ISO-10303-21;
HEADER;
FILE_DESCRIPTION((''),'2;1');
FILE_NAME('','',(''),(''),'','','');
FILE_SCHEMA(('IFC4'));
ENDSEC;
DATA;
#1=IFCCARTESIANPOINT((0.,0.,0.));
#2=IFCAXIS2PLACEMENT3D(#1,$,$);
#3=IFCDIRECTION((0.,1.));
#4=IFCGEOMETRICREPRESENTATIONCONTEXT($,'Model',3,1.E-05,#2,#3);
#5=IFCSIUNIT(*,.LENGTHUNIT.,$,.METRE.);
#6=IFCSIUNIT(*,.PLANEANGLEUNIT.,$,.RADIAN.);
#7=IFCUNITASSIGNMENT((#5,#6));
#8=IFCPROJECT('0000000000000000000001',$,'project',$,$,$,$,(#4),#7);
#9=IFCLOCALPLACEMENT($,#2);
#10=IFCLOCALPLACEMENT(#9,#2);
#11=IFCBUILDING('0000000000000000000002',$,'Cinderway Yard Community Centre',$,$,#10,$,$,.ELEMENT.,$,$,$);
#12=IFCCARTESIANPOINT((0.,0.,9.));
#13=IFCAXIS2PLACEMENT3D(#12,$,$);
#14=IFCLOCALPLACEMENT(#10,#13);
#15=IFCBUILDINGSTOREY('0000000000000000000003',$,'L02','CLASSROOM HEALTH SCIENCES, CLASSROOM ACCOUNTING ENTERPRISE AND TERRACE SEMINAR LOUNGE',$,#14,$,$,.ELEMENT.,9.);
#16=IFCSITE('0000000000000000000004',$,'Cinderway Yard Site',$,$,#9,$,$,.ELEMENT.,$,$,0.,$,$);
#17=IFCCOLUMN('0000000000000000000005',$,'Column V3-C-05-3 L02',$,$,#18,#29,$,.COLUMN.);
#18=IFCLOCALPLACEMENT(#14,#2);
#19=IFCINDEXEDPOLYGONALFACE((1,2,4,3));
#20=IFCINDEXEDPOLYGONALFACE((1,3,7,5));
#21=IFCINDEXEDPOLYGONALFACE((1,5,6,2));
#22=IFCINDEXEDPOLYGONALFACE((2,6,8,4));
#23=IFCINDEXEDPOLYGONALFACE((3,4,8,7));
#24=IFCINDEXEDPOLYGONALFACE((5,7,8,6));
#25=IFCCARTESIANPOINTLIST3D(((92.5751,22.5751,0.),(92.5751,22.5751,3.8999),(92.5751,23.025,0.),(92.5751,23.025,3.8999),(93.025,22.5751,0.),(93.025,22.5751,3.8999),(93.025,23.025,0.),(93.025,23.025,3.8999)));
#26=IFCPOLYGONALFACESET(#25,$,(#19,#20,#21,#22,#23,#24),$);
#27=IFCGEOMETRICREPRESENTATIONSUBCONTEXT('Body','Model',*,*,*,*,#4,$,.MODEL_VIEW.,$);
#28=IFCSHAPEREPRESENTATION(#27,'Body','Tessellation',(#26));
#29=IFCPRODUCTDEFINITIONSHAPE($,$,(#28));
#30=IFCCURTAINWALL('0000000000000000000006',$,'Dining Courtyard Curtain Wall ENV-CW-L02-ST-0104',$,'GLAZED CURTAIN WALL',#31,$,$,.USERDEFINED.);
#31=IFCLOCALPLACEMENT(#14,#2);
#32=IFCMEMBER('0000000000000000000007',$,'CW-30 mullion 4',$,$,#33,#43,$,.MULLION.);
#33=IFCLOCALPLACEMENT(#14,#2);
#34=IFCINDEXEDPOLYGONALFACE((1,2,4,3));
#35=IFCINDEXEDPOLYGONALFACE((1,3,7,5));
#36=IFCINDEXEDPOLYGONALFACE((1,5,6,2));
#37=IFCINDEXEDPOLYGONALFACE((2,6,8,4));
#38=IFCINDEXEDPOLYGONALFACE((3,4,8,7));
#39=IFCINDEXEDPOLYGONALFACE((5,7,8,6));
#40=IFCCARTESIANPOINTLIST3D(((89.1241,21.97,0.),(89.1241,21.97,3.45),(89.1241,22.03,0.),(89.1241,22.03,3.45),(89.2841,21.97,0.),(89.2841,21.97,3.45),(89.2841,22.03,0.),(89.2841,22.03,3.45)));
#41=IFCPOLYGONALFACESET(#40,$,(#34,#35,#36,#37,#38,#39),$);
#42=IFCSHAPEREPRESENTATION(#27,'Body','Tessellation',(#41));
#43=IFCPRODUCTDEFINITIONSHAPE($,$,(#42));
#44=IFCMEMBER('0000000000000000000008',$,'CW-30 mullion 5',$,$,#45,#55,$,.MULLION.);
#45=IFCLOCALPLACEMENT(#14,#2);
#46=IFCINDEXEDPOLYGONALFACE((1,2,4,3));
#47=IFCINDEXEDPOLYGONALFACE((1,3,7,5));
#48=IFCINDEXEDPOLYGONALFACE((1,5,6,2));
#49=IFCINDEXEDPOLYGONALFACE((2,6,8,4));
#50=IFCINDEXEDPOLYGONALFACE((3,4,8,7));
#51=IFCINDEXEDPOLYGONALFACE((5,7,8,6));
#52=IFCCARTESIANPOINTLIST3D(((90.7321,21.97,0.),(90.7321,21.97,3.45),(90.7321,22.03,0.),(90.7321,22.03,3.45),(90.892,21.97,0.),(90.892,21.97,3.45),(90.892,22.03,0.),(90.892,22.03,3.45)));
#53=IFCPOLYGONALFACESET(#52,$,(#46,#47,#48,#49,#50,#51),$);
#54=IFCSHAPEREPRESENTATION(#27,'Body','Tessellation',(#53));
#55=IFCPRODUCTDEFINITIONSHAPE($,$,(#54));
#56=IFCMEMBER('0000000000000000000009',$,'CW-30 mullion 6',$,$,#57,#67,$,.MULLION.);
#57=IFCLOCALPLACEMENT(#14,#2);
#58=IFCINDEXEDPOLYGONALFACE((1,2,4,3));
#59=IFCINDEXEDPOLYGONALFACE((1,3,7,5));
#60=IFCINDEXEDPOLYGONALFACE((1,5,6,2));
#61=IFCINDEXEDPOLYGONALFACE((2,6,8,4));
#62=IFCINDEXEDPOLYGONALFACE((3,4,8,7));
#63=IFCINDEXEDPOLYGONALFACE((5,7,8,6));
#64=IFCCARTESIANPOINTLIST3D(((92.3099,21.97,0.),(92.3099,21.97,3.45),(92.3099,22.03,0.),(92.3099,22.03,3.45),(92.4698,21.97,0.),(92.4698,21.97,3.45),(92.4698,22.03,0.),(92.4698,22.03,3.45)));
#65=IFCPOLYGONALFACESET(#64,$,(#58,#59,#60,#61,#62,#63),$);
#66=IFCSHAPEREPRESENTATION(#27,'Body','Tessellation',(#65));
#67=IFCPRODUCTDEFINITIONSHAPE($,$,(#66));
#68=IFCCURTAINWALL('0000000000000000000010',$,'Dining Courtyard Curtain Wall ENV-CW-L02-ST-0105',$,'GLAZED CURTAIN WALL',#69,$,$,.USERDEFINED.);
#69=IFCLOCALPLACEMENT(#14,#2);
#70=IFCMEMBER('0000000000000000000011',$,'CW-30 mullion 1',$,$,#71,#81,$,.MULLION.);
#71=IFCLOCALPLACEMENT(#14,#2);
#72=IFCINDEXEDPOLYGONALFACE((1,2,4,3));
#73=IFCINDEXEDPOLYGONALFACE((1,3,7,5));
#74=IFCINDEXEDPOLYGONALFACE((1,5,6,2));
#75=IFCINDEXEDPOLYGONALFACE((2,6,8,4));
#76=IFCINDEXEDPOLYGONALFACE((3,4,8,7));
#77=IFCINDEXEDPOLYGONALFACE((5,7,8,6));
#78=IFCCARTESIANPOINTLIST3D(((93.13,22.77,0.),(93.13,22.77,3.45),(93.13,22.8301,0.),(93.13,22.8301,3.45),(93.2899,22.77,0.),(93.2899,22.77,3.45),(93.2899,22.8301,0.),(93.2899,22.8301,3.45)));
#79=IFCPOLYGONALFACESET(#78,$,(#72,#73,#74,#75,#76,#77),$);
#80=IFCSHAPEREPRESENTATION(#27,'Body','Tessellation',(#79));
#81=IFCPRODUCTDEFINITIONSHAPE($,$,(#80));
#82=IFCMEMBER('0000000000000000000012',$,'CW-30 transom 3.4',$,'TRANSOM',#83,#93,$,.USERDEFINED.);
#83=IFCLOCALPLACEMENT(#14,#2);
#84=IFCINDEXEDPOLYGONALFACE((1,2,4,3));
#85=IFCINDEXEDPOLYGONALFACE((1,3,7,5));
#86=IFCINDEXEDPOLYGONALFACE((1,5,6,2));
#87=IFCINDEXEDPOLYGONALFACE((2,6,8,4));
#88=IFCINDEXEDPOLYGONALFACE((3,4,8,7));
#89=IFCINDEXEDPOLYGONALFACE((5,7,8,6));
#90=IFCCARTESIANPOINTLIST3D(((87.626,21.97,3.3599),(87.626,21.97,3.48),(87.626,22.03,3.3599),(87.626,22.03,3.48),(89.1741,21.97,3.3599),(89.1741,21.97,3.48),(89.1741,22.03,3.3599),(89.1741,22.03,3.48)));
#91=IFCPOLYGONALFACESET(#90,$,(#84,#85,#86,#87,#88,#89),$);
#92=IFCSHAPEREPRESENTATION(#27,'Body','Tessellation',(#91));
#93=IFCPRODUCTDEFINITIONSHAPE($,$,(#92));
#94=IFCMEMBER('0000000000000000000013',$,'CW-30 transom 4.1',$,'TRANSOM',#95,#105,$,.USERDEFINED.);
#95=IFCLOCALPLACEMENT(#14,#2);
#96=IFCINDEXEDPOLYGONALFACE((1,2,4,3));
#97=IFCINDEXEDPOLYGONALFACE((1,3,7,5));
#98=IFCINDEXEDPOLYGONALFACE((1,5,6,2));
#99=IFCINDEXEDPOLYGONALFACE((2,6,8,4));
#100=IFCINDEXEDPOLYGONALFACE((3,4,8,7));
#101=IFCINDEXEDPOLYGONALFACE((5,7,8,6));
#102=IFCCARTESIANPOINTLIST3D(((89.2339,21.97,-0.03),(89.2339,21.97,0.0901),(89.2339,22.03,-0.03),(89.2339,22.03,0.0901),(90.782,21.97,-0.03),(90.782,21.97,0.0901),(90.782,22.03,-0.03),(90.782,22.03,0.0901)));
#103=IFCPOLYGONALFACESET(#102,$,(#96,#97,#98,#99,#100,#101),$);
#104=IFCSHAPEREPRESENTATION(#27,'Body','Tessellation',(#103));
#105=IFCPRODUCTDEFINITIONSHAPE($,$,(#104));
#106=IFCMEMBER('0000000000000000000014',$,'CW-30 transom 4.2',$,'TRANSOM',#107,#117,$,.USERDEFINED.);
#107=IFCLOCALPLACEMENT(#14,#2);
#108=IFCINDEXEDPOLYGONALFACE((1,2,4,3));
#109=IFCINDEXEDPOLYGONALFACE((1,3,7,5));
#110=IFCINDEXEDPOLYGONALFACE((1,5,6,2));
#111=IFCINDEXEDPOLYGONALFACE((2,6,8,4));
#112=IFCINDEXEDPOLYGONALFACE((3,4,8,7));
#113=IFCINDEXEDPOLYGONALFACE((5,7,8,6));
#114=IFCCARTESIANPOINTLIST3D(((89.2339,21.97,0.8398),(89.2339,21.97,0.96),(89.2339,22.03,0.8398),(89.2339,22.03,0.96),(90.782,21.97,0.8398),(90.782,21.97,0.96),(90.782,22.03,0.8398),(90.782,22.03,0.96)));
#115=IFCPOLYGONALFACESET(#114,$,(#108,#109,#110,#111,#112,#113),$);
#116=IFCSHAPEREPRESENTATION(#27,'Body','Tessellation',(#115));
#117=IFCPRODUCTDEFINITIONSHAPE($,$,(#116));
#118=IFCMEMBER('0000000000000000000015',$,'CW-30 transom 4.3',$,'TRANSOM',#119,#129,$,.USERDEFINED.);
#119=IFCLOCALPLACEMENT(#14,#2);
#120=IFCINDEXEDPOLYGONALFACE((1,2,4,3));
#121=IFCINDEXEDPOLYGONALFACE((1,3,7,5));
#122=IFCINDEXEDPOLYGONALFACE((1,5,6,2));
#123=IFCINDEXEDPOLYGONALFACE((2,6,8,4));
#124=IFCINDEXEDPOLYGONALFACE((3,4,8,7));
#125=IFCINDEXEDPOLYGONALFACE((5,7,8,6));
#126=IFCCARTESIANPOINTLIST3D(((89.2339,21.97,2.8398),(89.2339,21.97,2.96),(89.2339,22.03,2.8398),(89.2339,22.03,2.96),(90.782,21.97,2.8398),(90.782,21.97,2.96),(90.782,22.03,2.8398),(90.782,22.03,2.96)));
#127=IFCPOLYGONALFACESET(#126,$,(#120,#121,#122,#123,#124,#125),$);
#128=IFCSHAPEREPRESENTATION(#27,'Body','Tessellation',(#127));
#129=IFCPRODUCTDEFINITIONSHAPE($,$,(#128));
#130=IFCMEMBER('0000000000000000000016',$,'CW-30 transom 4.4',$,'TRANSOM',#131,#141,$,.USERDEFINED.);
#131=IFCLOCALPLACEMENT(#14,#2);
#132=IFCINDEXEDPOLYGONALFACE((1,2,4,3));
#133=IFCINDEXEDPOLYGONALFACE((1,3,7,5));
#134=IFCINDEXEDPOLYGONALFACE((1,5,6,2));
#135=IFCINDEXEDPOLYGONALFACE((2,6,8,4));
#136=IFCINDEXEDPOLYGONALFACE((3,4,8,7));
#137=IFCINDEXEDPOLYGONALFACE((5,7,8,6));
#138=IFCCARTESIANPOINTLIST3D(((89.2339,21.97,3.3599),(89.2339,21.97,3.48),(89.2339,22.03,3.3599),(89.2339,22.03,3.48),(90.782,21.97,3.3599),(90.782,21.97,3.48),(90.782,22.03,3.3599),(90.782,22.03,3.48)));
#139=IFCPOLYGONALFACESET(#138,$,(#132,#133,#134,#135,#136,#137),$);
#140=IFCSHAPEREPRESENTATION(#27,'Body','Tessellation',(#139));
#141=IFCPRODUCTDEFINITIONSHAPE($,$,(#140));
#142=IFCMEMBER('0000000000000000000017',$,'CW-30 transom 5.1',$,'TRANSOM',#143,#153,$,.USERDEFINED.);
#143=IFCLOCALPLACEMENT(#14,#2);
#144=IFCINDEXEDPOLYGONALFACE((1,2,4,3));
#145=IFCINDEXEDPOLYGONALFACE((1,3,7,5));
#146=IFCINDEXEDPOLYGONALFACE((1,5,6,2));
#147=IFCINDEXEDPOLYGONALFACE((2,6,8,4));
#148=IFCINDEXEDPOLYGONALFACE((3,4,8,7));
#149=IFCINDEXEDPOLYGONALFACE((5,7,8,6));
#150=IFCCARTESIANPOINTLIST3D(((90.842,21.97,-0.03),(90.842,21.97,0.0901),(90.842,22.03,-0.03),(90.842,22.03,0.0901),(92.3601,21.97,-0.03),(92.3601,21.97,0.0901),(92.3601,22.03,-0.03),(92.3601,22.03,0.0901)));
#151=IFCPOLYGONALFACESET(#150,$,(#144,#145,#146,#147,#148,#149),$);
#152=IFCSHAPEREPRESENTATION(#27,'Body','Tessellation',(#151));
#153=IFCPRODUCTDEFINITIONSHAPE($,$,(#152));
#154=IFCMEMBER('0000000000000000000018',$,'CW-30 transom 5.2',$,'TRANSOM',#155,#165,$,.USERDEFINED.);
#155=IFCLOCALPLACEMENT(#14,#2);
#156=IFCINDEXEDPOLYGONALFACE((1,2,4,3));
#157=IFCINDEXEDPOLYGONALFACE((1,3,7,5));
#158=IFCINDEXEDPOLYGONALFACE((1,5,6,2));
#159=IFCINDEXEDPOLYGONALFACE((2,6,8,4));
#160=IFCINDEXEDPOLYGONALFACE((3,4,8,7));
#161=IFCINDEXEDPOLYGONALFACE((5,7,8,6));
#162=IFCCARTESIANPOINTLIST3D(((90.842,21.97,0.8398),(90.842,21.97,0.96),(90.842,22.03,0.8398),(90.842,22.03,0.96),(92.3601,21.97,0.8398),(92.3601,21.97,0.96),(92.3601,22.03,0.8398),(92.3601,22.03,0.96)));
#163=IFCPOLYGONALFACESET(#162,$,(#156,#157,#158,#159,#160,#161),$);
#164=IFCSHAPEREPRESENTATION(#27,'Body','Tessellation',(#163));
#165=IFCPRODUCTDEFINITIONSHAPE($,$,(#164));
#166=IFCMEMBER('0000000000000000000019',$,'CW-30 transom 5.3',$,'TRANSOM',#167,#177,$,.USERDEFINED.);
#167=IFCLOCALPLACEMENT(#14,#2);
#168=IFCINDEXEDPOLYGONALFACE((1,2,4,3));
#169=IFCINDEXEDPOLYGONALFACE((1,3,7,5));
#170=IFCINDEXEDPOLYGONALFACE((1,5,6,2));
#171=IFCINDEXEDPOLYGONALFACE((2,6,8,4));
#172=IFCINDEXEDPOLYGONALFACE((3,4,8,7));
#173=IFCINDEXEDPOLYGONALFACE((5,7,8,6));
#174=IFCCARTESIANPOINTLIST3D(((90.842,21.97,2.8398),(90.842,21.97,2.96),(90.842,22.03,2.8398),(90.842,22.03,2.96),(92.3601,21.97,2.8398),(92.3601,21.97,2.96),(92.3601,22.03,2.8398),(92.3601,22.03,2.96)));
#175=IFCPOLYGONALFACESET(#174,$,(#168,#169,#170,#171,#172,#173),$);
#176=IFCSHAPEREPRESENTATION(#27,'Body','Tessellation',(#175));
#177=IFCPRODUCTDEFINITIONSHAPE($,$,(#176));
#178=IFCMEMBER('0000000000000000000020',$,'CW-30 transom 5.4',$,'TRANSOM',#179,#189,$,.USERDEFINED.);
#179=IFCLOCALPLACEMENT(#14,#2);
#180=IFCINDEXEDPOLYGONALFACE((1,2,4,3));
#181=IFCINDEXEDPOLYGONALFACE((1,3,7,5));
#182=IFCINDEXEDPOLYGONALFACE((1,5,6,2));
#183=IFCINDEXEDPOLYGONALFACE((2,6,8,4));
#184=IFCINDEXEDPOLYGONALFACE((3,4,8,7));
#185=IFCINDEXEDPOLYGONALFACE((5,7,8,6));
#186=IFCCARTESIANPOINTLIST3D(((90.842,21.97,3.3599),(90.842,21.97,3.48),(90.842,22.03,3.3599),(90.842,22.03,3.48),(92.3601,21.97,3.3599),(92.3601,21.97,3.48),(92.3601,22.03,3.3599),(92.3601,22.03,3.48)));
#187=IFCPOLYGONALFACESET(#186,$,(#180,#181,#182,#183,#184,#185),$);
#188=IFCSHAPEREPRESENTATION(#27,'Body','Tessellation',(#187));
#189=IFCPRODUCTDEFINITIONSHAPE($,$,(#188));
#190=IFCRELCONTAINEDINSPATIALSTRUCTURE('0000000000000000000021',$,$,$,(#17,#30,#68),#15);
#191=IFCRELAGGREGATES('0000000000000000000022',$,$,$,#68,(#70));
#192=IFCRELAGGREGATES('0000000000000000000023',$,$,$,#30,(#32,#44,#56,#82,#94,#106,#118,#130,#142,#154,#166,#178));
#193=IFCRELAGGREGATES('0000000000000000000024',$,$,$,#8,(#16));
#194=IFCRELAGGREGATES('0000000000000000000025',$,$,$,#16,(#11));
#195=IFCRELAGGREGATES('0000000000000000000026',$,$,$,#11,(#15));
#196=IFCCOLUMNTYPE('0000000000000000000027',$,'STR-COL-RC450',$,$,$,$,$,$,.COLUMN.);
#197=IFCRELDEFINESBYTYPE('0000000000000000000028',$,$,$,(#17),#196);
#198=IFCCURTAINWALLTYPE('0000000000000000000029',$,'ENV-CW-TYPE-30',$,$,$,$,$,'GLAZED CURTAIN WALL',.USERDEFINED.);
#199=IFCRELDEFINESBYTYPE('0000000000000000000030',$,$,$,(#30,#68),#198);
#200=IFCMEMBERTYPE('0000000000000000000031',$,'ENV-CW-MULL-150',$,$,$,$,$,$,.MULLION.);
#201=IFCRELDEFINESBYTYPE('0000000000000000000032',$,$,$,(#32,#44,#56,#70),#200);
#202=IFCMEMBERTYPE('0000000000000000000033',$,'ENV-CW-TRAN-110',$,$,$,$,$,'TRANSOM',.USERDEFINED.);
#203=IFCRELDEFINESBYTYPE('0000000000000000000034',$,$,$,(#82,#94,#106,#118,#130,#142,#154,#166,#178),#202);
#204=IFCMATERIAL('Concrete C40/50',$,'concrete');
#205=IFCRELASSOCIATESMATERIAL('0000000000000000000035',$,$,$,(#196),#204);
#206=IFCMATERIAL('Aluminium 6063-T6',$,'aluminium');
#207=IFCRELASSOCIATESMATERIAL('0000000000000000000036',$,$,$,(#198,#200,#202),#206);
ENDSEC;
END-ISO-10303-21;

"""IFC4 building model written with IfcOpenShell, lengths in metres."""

from ifc_helpers import new_model, si_unit, direction, frame, origin, origin_2d, place, context, subcontext, project, spatial, rectangle, extrude, material, material_profile, profile_set, type_object, element, aggregate, save


model = new_model("IFC4")

# Units and contexts
model_context = context("Model", 3, precision=1e-05, world=origin(), true_north=direction((0.0, 1.0)))
body_context = subcontext(model_context, "Body", "Model", "MODEL_VIEW")
ifc_project = project(units=[si_unit("LENGTHUNIT", "METRE"), si_unit("PLANEANGLEUNIT", "RADIAN")], contexts=[model_context])

# Site, building, storey
site_placement = place(None, origin())
site = spatial("IfcSite", under=ifc_project, at=site_placement, Name="Cinderway Yard Site", CompositionType="ELEMENT", RefElevation=0.0)
building_placement = place(site_placement, origin())
building = spatial("IfcBuilding", under=site, at=building_placement, Name="Cinderway Yard Community Centre", CompositionType="ELEMENT")
storey_placement = place(building_placement, frame((0.0, 0.0, 9.0)))
storey = spatial("IfcBuildingStorey", under=building, at=storey_placement, Name="L02", Description="CLASSROOM HEALTH SCIENCES, CLASSROOM ACCOUNTING ENTERPRISE AND TERRACE SEMINAR LOUNGE", CompositionType="ELEMENT", Elevation=9.0)

# Column
ifc_material_1 = material(Name="Concrete C40/50", Category="concrete")
ifc_material_profile_1 = material_profile(ifc_material_1, rectangle(XDim=0.45, YDim=0.45, at=origin_2d()), Name="Concrete C40/50")
ifc_profile_set_1 = profile_set([ifc_material_profile_1], Name="Concrete C40/50")
column_type = type_object("IfcColumnType", Name="STR-COL-RC450", PredefinedType="COLUMN", material=ifc_profile_set_1)
column_placement = place(storey_placement, frame((92.8, 22.8, 0.0), z_axis=(0.0, 0.0, 1.0), x_axis=(1.0, 0.0, 0.0)))
element("IfcColumn", 1, at=column_placement, inside=storey, type_object=column_type, Name="Column V3-C-05-3 L02", PredefinedType="COLUMN", context=body_context, shape_type="SweptSolid", body=[
    extrude(rectangle(XDim=0.45, YDim=0.45, at=origin_2d()), origin(), (0.0, 0.0, 1.0), 3.8999),
])

# Curtain wall, members
ifc_material_2 = material(Name="Aluminium 6063-T6", Category="aluminium")
curtain_wall_type = type_object("IfcCurtainWallType", Name="ENV-CW-TYPE-30", ElementType="GLAZED CURTAIN WALL", PredefinedType="USERDEFINED", material=ifc_material_2)
curtain_wall_1_placement = place(storey_placement, origin())
curtain_wall_1 = element("IfcCurtainWall", 2, at=curtain_wall_1_placement, inside=storey, type_object=curtain_wall_type, Name="Dining Courtyard Curtain Wall ENV-CW-L02-ST-0104", ObjectType="GLAZED CURTAIN WALL", PredefinedType="USERDEFINED")
ifc_material_profile_2 = material_profile(ifc_material_2, rectangle(XDim=0.0601, YDim=0.1599, at=origin_2d()), Name="Aluminium 6063-T6")
ifc_profile_set_2 = profile_set([ifc_material_profile_2], Name="Aluminium 6063-T6")
member_type_1 = type_object("IfcMemberType", Name="ENV-CW-MULL-150", PredefinedType="MULLION", material=ifc_profile_set_2)
member_1_placement = place(storey_placement, frame((89.2041, 22.0, 0.0), z_axis=(0.0, 0.0, 1.0), x_axis=(0.0, 1.0, 0.0)))
member_1 = element("IfcMember", 3, at=member_1_placement, type_object=member_type_1, Name="CW-30 mullion 4", PredefinedType="MULLION", context=body_context, shape_type="SweptSolid", body=[
    extrude(rectangle(XDim=0.0601, YDim=0.1599, at=origin_2d()), origin(), (0.0, 0.0, 1.0), 3.45),
])
member_2_placement = place(storey_placement, frame((90.812, 22.0, 0.0), z_axis=(0.0, 0.0, 1.0), x_axis=(0.0, 1.0, 0.0)))
member_2 = element("IfcMember", 4, at=member_2_placement, type_object=member_type_1, Name="CW-30 mullion 5", PredefinedType="MULLION", context=body_context, shape_type="SweptSolid", body=[
    extrude(rectangle(XDim=0.0601, YDim=0.1599, at=origin_2d()), origin(), (0.0, 0.0, 1.0), 3.45),
])
member_3_placement = place(storey_placement, frame((92.3899, 22.0, 0.0), z_axis=(0.0, 0.0, 1.0), x_axis=(0.0, 1.0, 0.0)))
member_3 = element("IfcMember", 5, at=member_3_placement, type_object=member_type_1, Name="CW-30 mullion 6", PredefinedType="MULLION", context=body_context, shape_type="SweptSolid", body=[
    extrude(rectangle(XDim=0.0601, YDim=0.1599, at=origin_2d()), origin(), (0.0, 0.0, 1.0), 3.45),
])

# Curtain wall, member
curtain_wall_2_placement = place(storey_placement, origin())
curtain_wall_2 = element("IfcCurtainWall", 6, at=curtain_wall_2_placement, inside=storey, type_object=curtain_wall_type, Name="Dining Courtyard Curtain Wall ENV-CW-L02-ST-0105", ObjectType="GLAZED CURTAIN WALL", PredefinedType="USERDEFINED")
member_4_placement = place(storey_placement, frame((93.21, 22.8, 0.0), z_axis=(0.0, 0.0, 1.0), x_axis=(0.0, 1.0, 0.0)))
member_4 = element("IfcMember", 7, at=member_4_placement, type_object=member_type_1, Name="CW-30 mullion 1", PredefinedType="MULLION", context=body_context, shape_type="SweptSolid", body=[
    extrude(rectangle(XDim=0.0601, YDim=0.1599, at=origin_2d()), origin(), (0.0, 0.0, 1.0), 3.45),
])

# Members
ifc_material_profile_3 = material_profile(ifc_material_2, rectangle(XDim=0.0601, YDim=0.1201, at=origin_2d()), Name="Aluminium 6063-T6")
ifc_profile_set_3 = profile_set([ifc_material_profile_3], Name="Aluminium 6063-T6")
member_type_2 = type_object("IfcMemberType", Name="ENV-CW-TRAN-110", ElementType="TRANSOM", PredefinedType="USERDEFINED", material=ifc_profile_set_3)
member_5_placement = place(storey_placement, frame((87.626, 22.0, 3.4199), z_axis=(1.0, 0.0, 0.0), x_axis=(0.0, 1.0, 0.0)))
member_5 = element("IfcMember", 8, at=member_5_placement, type_object=member_type_2, Name="CW-30 transom 3.4", ObjectType="TRANSOM", PredefinedType="USERDEFINED", context=body_context, shape_type="SweptSolid", body=[
    extrude(rectangle(XDim=0.0601, YDim=0.1201, at=origin_2d()), origin(), (0.0, 0.0, 1.0), 1.5481),
])
member_6_placement = place(storey_placement, frame((89.2339, 22.0, 0.03), z_axis=(1.0, 0.0, 0.0), x_axis=(0.0, 1.0, 0.0)))
member_6 = element("IfcMember", 9, at=member_6_placement, type_object=member_type_2, Name="CW-30 transom 4.1", ObjectType="TRANSOM", PredefinedType="USERDEFINED", context=body_context, shape_type="SweptSolid", body=[
    extrude(rectangle(XDim=0.0601, YDim=0.1201, at=origin_2d()), origin(), (0.0, 0.0, 1.0), 1.5481),
])
member_7_placement = place(storey_placement, frame((89.2339, 22.0, 0.8999), z_axis=(1.0, 0.0, 0.0), x_axis=(0.0, 1.0, 0.0)))
member_7 = element("IfcMember", 10, at=member_7_placement, type_object=member_type_2, Name="CW-30 transom 4.2", ObjectType="TRANSOM", PredefinedType="USERDEFINED", context=body_context, shape_type="SweptSolid", body=[
    extrude(rectangle(XDim=0.0601, YDim=0.1201, at=origin_2d()), origin(), (0.0, 0.0, 1.0), 1.5481),
])
member_8_placement = place(storey_placement, frame((89.2339, 22.0, 2.8999), z_axis=(1.0, 0.0, 0.0), x_axis=(0.0, 1.0, 0.0)))
member_8 = element("IfcMember", 11, at=member_8_placement, type_object=member_type_2, Name="CW-30 transom 4.3", ObjectType="TRANSOM", PredefinedType="USERDEFINED", context=body_context, shape_type="SweptSolid", body=[
    extrude(rectangle(XDim=0.0601, YDim=0.1201, at=origin_2d()), origin(), (0.0, 0.0, 1.0), 1.5481),
])
member_9_placement = place(storey_placement, frame((89.2339, 22.0, 3.4199), z_axis=(1.0, 0.0, 0.0), x_axis=(0.0, 1.0, 0.0)))
member_9 = element("IfcMember", 12, at=member_9_placement, type_object=member_type_2, Name="CW-30 transom 4.4", ObjectType="TRANSOM", PredefinedType="USERDEFINED", context=body_context, shape_type="SweptSolid", body=[
    extrude(rectangle(XDim=0.0601, YDim=0.1201, at=origin_2d()), origin(), (0.0, 0.0, 1.0), 1.5481),
])
member_10_placement = place(storey_placement, frame((90.842, 22.0, 0.03), z_axis=(1.0, 0.0, 0.0), x_axis=(0.0, 1.0, 0.0)))
member_10 = element("IfcMember", 13, at=member_10_placement, type_object=member_type_2, Name="CW-30 transom 5.1", ObjectType="TRANSOM", PredefinedType="USERDEFINED", context=body_context, shape_type="SweptSolid", body=[
    extrude(rectangle(XDim=0.0601, YDim=0.1201, at=origin_2d()), origin(), (0.0, 0.0, 1.0), 1.5181),
])
member_11_placement = place(storey_placement, frame((90.842, 22.0, 0.8999), z_axis=(1.0, 0.0, 0.0), x_axis=(0.0, 1.0, 0.0)))
member_11 = element("IfcMember", 14, at=member_11_placement, type_object=member_type_2, Name="CW-30 transom 5.2", ObjectType="TRANSOM", PredefinedType="USERDEFINED", context=body_context, shape_type="SweptSolid", body=[
    extrude(rectangle(XDim=0.0601, YDim=0.1201, at=origin_2d()), origin(), (0.0, 0.0, 1.0), 1.5181),
])
member_12_placement = place(storey_placement, frame((90.842, 22.0, 2.8999), z_axis=(1.0, 0.0, 0.0), x_axis=(0.0, 1.0, 0.0)))
member_12 = element("IfcMember", 15, at=member_12_placement, type_object=member_type_2, Name="CW-30 transom 5.3", ObjectType="TRANSOM", PredefinedType="USERDEFINED", context=body_context, shape_type="SweptSolid", body=[
    extrude(rectangle(XDim=0.0601, YDim=0.1201, at=origin_2d()), origin(), (0.0, 0.0, 1.0), 1.5181),
])
member_13_placement = place(storey_placement, frame((90.842, 22.0, 3.4199), z_axis=(1.0, 0.0, 0.0), x_axis=(0.0, 1.0, 0.0)))
member_13 = element("IfcMember", 16, at=member_13_placement, type_object=member_type_2, Name="CW-30 transom 5.4", ObjectType="TRANSOM", PredefinedType="USERDEFINED", context=body_context, shape_type="SweptSolid", body=[
    extrude(rectangle(XDim=0.0601, YDim=0.1201, at=origin_2d()), origin(), (0.0, 0.0, 1.0), 1.5181),
])
aggregate(curtain_wall_2, [member_4])

aggregate(curtain_wall_1, [member_1, member_2, member_3, member_5, member_6, member_7, member_8, member_9, member_10, member_11, member_12, member_13])

save(model, "model.ifc")
